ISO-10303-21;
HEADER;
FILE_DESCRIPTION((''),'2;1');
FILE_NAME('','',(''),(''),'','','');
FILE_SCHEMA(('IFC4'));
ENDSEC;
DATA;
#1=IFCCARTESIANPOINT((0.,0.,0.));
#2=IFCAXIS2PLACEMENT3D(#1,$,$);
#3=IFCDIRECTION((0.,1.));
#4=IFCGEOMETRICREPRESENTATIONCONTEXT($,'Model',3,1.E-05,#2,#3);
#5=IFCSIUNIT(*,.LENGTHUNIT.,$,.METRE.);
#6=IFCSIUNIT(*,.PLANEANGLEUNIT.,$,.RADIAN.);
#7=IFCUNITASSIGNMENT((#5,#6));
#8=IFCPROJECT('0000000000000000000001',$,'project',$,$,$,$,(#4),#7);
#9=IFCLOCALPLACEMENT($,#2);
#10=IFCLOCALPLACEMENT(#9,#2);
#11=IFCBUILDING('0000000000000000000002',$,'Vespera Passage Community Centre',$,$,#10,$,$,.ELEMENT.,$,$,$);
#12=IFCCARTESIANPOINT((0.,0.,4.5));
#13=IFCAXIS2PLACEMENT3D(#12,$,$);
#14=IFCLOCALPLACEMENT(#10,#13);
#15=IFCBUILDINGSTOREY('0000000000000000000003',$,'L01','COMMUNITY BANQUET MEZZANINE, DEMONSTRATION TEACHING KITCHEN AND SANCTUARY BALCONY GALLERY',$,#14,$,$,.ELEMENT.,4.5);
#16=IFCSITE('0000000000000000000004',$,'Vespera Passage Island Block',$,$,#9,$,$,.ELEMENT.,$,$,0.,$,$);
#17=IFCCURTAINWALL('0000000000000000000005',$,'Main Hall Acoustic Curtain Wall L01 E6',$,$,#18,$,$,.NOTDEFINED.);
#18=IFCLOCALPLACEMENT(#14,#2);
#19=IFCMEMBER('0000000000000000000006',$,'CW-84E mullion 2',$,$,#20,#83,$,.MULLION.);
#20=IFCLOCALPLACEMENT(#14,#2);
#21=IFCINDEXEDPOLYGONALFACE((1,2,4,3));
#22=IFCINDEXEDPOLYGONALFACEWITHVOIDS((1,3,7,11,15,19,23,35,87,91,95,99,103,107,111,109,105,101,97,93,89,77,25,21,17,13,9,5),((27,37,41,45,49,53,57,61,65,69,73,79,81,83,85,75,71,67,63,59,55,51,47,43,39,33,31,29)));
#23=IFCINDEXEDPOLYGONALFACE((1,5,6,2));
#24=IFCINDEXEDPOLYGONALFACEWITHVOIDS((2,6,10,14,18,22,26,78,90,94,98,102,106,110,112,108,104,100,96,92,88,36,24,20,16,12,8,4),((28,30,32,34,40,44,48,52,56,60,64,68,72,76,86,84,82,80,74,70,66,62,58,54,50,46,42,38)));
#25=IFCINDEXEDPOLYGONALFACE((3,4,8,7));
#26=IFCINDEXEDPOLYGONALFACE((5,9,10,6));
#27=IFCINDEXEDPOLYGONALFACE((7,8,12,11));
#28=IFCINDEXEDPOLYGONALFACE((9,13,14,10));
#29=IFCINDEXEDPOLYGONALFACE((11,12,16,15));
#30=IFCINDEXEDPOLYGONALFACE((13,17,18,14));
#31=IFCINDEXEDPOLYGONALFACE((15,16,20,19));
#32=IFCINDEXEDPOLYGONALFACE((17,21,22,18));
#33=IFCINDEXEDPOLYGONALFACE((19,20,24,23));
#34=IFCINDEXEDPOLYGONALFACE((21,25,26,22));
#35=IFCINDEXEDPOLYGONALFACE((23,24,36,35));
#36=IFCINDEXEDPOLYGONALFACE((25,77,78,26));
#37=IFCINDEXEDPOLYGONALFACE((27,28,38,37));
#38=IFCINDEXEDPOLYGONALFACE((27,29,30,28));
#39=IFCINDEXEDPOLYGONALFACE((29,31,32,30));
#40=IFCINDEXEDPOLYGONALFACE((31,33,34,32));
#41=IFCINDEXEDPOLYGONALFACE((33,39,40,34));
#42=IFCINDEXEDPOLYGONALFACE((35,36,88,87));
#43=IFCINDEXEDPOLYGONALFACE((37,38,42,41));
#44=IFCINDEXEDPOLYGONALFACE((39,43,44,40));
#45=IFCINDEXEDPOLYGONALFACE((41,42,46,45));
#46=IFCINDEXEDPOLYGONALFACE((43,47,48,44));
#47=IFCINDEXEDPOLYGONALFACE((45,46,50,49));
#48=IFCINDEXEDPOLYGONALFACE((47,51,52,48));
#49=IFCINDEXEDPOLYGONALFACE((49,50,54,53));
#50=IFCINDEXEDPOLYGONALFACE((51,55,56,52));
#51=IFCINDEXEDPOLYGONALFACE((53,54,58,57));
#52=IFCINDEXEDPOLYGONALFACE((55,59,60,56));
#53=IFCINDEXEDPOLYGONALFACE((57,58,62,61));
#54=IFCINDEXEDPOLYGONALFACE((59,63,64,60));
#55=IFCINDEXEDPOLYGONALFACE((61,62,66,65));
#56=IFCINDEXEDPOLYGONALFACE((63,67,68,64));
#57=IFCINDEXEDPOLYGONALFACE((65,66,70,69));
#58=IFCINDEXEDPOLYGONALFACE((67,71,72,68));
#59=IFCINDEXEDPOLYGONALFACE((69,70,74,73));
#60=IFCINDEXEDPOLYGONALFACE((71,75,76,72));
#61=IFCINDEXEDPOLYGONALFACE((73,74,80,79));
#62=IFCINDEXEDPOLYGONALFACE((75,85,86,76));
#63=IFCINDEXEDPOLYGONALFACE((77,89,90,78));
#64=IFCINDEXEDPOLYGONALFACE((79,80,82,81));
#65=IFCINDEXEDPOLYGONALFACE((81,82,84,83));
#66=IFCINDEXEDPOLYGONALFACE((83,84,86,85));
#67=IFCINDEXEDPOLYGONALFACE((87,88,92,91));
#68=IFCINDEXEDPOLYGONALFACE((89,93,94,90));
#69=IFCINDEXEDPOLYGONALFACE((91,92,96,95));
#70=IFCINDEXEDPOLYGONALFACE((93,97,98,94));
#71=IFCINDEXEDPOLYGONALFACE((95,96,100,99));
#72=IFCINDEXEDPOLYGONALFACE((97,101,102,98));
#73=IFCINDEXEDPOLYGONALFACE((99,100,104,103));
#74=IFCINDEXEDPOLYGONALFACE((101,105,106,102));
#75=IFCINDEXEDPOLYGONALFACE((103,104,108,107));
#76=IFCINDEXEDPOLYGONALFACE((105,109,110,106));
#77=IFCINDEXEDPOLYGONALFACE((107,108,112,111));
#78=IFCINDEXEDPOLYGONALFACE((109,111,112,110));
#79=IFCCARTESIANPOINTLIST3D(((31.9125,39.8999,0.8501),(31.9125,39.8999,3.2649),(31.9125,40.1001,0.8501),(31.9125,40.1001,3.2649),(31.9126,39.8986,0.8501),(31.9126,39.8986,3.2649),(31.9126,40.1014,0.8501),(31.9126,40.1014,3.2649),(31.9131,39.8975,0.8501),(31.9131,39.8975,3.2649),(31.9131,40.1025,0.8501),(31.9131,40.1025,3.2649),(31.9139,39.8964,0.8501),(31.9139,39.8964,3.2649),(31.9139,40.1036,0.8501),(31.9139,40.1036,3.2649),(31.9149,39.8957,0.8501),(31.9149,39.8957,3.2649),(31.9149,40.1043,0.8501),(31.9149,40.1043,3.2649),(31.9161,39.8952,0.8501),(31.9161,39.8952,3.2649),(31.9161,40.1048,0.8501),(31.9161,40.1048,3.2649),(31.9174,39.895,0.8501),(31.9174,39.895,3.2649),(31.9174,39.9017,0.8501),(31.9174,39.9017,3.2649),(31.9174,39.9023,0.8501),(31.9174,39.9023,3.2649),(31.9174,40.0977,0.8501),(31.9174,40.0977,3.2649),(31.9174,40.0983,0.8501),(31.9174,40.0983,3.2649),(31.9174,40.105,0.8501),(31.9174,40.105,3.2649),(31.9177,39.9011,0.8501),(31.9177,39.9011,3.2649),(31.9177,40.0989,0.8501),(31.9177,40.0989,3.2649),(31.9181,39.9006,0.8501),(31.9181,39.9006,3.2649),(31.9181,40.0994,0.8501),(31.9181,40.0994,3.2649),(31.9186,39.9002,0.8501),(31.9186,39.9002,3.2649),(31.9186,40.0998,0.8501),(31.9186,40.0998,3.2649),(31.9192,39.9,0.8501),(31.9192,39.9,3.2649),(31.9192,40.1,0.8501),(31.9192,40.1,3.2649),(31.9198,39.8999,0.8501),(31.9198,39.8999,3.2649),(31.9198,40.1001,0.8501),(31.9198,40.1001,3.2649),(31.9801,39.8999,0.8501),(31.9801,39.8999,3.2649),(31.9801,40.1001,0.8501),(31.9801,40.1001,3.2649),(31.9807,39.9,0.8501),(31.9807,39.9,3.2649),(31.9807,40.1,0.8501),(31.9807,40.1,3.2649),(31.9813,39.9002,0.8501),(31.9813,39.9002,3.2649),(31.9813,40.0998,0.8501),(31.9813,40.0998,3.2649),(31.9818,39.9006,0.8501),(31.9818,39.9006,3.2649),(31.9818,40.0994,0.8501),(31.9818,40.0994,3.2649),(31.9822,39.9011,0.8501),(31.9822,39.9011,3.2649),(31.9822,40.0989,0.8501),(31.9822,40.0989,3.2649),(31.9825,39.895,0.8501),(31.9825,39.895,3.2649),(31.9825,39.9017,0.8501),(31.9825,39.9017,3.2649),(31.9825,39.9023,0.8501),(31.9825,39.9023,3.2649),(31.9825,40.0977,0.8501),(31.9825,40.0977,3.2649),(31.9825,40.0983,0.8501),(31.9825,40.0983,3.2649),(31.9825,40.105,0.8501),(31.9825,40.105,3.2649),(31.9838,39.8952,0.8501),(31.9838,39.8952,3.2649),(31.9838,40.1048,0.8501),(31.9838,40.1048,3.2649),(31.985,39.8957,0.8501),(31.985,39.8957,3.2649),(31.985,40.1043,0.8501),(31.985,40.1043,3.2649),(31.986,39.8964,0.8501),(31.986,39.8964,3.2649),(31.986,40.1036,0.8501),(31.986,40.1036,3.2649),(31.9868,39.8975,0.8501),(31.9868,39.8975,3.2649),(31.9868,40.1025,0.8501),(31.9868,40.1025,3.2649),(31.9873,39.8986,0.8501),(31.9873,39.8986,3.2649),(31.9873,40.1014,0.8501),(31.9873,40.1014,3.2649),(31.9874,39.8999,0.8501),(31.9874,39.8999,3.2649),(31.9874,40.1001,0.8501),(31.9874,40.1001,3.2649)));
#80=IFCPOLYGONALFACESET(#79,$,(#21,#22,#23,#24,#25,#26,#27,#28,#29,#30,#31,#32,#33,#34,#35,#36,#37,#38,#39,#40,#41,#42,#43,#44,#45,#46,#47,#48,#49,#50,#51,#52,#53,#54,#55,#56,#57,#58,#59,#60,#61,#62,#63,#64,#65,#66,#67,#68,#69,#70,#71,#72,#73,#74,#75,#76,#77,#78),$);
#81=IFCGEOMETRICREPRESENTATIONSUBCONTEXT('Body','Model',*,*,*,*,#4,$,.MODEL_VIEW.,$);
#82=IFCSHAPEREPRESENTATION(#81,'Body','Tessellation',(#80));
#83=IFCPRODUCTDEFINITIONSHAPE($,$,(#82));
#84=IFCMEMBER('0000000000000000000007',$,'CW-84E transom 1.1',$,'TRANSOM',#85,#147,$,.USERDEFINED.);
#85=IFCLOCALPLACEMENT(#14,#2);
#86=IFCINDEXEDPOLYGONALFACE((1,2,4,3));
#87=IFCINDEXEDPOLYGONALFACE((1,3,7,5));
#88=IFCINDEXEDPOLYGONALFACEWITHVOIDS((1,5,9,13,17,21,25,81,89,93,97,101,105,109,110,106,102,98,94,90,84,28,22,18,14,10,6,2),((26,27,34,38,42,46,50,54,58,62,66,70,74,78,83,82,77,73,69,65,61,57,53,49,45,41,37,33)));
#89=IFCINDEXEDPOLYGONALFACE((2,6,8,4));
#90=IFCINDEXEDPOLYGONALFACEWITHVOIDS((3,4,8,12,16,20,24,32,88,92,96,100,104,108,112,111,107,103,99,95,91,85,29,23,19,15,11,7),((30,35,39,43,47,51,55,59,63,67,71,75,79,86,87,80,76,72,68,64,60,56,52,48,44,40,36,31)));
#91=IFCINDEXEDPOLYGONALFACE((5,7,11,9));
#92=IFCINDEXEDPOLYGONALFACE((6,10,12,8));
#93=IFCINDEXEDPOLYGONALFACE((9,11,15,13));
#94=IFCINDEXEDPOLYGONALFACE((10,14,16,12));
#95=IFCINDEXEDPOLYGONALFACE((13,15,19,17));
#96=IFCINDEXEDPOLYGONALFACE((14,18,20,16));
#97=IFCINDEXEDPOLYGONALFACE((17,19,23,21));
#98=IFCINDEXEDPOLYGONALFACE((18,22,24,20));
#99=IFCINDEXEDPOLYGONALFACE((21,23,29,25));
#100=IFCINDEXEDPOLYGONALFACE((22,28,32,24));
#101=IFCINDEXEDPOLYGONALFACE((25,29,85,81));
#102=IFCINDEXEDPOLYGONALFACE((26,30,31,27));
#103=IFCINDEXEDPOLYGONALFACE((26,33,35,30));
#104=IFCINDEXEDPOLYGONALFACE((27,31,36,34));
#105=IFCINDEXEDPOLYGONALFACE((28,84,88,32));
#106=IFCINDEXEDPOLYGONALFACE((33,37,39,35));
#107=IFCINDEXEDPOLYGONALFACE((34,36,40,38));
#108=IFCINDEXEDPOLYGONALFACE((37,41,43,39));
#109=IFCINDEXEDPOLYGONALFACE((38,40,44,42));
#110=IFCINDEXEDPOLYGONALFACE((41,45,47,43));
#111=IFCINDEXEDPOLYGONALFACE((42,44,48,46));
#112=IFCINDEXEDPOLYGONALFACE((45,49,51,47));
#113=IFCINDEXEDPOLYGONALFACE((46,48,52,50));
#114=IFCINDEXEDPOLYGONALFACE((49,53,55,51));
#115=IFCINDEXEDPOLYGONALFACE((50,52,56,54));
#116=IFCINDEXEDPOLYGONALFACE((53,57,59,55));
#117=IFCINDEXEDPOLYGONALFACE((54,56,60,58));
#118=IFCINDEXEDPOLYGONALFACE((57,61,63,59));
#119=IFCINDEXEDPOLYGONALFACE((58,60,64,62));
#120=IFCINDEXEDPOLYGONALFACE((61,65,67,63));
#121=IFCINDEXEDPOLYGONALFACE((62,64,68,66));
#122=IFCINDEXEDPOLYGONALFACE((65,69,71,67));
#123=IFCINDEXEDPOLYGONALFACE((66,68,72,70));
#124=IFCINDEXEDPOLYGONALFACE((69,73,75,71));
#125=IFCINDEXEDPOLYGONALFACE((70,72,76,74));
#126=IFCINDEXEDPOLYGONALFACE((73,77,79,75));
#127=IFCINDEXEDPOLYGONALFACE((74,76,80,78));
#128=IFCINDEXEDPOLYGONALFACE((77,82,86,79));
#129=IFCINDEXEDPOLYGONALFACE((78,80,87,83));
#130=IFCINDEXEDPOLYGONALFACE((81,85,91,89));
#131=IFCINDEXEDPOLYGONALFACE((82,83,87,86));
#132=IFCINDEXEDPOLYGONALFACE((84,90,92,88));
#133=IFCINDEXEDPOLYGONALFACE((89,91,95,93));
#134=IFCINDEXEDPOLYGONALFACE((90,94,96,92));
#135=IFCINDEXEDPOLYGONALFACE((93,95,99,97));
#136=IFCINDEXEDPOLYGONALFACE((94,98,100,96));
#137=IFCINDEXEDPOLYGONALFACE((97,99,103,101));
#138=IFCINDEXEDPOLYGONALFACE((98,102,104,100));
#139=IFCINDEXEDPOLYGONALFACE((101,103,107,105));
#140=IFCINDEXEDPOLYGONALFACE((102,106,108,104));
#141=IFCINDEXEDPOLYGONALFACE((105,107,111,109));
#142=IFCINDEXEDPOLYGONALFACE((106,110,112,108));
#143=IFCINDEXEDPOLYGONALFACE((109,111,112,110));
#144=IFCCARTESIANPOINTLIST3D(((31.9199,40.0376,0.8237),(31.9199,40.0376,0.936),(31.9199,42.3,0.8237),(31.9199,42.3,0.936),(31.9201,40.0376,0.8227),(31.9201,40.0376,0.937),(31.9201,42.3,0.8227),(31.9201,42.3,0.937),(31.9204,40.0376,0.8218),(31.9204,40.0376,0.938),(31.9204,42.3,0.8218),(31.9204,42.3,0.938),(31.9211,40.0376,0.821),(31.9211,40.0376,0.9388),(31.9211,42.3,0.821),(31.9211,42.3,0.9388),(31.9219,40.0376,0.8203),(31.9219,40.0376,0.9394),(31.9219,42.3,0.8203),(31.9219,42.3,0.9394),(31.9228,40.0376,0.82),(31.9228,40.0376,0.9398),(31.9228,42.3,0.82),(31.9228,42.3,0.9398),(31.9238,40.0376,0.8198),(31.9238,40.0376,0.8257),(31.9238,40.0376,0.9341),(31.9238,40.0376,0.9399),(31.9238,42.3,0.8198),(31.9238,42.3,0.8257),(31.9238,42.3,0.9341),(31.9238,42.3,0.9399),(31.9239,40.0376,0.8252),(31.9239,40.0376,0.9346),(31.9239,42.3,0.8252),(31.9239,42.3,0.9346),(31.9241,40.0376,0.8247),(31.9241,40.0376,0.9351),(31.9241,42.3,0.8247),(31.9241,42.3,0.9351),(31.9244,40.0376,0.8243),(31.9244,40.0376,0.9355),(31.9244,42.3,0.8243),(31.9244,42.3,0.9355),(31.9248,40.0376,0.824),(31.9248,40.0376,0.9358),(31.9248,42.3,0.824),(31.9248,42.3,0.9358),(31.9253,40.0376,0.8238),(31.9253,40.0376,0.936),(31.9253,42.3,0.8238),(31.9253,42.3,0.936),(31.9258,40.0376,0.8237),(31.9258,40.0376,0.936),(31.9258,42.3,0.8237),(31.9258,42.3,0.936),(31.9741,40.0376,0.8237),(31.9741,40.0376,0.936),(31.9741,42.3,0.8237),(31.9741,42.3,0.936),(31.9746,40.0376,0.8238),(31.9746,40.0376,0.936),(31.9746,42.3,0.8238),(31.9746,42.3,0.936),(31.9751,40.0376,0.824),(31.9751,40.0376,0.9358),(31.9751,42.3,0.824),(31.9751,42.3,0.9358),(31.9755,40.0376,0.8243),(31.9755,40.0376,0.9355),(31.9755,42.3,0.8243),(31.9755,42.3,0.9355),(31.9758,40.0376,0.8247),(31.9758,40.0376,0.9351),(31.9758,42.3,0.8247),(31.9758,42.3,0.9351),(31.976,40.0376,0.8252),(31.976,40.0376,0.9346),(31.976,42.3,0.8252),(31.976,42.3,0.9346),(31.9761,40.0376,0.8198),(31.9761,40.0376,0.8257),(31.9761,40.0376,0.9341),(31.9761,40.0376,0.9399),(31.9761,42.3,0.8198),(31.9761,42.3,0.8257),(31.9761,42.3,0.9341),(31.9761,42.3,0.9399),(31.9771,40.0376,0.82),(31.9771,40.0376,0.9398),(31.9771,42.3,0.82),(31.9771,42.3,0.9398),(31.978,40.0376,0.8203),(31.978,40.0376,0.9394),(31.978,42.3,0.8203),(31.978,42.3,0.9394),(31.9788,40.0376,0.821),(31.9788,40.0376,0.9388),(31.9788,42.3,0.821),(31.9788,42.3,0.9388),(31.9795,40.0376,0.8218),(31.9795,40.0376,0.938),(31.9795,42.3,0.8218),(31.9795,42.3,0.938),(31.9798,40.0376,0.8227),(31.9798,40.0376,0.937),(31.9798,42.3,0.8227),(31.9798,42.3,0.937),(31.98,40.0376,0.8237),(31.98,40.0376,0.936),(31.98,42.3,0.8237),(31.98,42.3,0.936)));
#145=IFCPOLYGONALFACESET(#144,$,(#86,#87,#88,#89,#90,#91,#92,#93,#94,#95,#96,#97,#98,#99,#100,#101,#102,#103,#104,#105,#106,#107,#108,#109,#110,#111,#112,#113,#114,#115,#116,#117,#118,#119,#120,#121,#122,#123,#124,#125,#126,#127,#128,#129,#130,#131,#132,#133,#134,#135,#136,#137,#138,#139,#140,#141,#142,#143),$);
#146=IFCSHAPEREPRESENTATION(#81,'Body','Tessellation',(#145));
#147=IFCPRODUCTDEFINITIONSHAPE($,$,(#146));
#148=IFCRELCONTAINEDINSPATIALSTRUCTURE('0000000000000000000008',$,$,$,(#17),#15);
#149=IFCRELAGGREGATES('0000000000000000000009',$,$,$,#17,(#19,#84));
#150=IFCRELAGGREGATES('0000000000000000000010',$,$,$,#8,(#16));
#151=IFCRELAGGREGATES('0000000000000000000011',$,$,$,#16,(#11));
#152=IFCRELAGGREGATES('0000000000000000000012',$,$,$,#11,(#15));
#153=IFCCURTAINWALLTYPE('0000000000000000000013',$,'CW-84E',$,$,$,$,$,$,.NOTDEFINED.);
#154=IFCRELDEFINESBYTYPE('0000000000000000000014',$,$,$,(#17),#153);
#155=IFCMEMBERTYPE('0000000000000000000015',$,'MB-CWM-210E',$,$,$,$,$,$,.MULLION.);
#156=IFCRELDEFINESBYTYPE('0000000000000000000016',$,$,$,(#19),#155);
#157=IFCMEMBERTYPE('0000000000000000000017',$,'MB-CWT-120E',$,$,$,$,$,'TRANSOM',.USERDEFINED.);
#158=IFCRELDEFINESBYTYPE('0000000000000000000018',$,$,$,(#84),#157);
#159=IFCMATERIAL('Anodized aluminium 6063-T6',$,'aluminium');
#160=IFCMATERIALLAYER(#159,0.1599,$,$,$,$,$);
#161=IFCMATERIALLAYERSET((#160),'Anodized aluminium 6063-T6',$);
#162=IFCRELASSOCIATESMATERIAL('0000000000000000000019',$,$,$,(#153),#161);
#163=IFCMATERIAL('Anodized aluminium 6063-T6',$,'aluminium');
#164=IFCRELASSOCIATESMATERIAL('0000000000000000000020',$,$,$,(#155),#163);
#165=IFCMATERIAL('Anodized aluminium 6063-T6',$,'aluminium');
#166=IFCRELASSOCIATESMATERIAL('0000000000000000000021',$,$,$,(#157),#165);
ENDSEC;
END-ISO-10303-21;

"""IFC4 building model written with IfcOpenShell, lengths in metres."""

from ifc_helpers import new_model, si_unit, direction, frame, origin, origin_2d, place, context, subcontext, project, spatial, hollow_rectangle, extrude, material, layer, layer_set, material_profile, profile_set, type_object, element, aggregate, save


model = new_model("IFC4")

# Units and contexts
model_context = context("Model", 3, precision=1e-05, world=origin(), true_north=direction((0.0, 1.0)))
body_context = subcontext(model_context, "Body", "Model", "MODEL_VIEW")
ifc_project = project(units=[si_unit("LENGTHUNIT", "METRE"), si_unit("PLANEANGLEUNIT", "RADIAN")], contexts=[model_context])

# Site, building, storey
site_placement = place(None, origin())
site = spatial("IfcSite", under=ifc_project, at=site_placement, Name="Vespera Passage Island Block", CompositionType="ELEMENT", RefElevation=0.0)
building_placement = place(site_placement, origin())
building = spatial("IfcBuilding", under=site, at=building_placement, Name="Vespera Passage Community Centre", CompositionType="ELEMENT")
storey_placement = place(building_placement, frame((0.0, 0.0, 4.5)))
storey = spatial("IfcBuildingStorey", under=building, at=storey_placement, Name="L01", Description="COMMUNITY BANQUET MEZZANINE, DEMONSTRATION TEACHING KITCHEN AND SANCTUARY BALCONY GALLERY", CompositionType="ELEMENT", Elevation=4.5)

# Curtain wall, members
ifc_material_1 = material(Name="Anodized aluminium 6063-T6", Category="aluminium")
ifc_layer_1 = layer(ifc_material_1, 0.1599)
ifc_layer_set_1 = layer_set([ifc_layer_1], Name="Anodized aluminium 6063-T6")
curtain_wall_type_1 = type_object("IfcCurtainWallType", Name="CW-84E", PredefinedType="NOTDEFINED", material=ifc_layer_set_1)
curtain_wall_1_placement = place(storey_placement, origin())
curtain_wall_1 = element("IfcCurtainWall", 1, at=curtain_wall_1_placement, inside=storey, type_object=curtain_wall_type_1, Name="Main Hall Acoustic Curtain Wall L01 E6", PredefinedType="NOTDEFINED")
ifc_material_2 = material(Name="Anodized aluminium 6063-T6", Category="aluminium")
ifc_material_profile_1 = material_profile(ifc_material_2, hollow_rectangle(XDim=0.075, YDim=0.21, WallThickness=0.0049, InnerFilletRadius=0.0024, OuterFilletRadius=0.0049, at=origin_2d()), Name="ALU210X75X5")
ifc_profile_set_1 = profile_set([ifc_material_profile_1], Name="Anodized aluminium 6063-T6")
member_type_1 = type_object("IfcMemberType", Name="MB-CWM-210E", PredefinedType="MULLION", material=ifc_profile_set_1)
member_1_placement = place(storey_placement, frame((31.95, 40.0, 0.8501), z_axis=(0.0, 0.0, 1.0), x_axis=(1.0, 0.0, 0.0)))
member_1 = element("IfcMember", 2, at=member_1_placement, type_object=member_type_1, Name="CW-84E mullion 2", PredefinedType="MULLION", context=body_context, shape_type="SweptSolid", body=[
    extrude(hollow_rectangle(XDim=0.075, YDim=0.21, WallThickness=0.0049, InnerFilletRadius=0.0024, OuterFilletRadius=0.0049, at=origin_2d()), origin(), (0.0, 0.0, 1.0), 2.4148),
])
ifc_material_3 = material(Name="Anodized aluminium 6063-T6", Category="aluminium")
ifc_material_profile_2 = material_profile(ifc_material_3, hollow_rectangle(XDim=0.0601, YDim=0.1201, WallThickness=0.0039, InnerFilletRadius=0.002, OuterFilletRadius=0.0039, at=origin_2d()), Name="ALU120X60X4")
ifc_profile_set_2 = profile_set([ifc_material_profile_2], Name="Anodized aluminium 6063-T6")
member_type_2 = type_object("IfcMemberType", Name="MB-CWT-120E", ElementType="TRANSOM", PredefinedType="USERDEFINED", material=ifc_profile_set_2)
member_2_placement = place(storey_placement, frame((31.95, 42.3, 0.8799), z_axis=(0.0, -1.0, 0.0), x_axis=(1.0, 0.0, 0.0)))
member_2 = element("IfcMember", 3, at=member_2_placement, type_object=member_type_2, Name="CW-84E transom 1.1", ObjectType="TRANSOM", PredefinedType="USERDEFINED", context=body_context, shape_type="SweptSolid", body=[
    extrude(hollow_rectangle(XDim=0.0601, YDim=0.1201, WallThickness=0.0039, InnerFilletRadius=0.002, OuterFilletRadius=0.0039, at=origin_2d()), origin(), (0.0, 0.0, 1.0), 2.2625),
])

aggregate(curtain_wall_1, [member_1, member_2])

save(model, "model.ifc")
